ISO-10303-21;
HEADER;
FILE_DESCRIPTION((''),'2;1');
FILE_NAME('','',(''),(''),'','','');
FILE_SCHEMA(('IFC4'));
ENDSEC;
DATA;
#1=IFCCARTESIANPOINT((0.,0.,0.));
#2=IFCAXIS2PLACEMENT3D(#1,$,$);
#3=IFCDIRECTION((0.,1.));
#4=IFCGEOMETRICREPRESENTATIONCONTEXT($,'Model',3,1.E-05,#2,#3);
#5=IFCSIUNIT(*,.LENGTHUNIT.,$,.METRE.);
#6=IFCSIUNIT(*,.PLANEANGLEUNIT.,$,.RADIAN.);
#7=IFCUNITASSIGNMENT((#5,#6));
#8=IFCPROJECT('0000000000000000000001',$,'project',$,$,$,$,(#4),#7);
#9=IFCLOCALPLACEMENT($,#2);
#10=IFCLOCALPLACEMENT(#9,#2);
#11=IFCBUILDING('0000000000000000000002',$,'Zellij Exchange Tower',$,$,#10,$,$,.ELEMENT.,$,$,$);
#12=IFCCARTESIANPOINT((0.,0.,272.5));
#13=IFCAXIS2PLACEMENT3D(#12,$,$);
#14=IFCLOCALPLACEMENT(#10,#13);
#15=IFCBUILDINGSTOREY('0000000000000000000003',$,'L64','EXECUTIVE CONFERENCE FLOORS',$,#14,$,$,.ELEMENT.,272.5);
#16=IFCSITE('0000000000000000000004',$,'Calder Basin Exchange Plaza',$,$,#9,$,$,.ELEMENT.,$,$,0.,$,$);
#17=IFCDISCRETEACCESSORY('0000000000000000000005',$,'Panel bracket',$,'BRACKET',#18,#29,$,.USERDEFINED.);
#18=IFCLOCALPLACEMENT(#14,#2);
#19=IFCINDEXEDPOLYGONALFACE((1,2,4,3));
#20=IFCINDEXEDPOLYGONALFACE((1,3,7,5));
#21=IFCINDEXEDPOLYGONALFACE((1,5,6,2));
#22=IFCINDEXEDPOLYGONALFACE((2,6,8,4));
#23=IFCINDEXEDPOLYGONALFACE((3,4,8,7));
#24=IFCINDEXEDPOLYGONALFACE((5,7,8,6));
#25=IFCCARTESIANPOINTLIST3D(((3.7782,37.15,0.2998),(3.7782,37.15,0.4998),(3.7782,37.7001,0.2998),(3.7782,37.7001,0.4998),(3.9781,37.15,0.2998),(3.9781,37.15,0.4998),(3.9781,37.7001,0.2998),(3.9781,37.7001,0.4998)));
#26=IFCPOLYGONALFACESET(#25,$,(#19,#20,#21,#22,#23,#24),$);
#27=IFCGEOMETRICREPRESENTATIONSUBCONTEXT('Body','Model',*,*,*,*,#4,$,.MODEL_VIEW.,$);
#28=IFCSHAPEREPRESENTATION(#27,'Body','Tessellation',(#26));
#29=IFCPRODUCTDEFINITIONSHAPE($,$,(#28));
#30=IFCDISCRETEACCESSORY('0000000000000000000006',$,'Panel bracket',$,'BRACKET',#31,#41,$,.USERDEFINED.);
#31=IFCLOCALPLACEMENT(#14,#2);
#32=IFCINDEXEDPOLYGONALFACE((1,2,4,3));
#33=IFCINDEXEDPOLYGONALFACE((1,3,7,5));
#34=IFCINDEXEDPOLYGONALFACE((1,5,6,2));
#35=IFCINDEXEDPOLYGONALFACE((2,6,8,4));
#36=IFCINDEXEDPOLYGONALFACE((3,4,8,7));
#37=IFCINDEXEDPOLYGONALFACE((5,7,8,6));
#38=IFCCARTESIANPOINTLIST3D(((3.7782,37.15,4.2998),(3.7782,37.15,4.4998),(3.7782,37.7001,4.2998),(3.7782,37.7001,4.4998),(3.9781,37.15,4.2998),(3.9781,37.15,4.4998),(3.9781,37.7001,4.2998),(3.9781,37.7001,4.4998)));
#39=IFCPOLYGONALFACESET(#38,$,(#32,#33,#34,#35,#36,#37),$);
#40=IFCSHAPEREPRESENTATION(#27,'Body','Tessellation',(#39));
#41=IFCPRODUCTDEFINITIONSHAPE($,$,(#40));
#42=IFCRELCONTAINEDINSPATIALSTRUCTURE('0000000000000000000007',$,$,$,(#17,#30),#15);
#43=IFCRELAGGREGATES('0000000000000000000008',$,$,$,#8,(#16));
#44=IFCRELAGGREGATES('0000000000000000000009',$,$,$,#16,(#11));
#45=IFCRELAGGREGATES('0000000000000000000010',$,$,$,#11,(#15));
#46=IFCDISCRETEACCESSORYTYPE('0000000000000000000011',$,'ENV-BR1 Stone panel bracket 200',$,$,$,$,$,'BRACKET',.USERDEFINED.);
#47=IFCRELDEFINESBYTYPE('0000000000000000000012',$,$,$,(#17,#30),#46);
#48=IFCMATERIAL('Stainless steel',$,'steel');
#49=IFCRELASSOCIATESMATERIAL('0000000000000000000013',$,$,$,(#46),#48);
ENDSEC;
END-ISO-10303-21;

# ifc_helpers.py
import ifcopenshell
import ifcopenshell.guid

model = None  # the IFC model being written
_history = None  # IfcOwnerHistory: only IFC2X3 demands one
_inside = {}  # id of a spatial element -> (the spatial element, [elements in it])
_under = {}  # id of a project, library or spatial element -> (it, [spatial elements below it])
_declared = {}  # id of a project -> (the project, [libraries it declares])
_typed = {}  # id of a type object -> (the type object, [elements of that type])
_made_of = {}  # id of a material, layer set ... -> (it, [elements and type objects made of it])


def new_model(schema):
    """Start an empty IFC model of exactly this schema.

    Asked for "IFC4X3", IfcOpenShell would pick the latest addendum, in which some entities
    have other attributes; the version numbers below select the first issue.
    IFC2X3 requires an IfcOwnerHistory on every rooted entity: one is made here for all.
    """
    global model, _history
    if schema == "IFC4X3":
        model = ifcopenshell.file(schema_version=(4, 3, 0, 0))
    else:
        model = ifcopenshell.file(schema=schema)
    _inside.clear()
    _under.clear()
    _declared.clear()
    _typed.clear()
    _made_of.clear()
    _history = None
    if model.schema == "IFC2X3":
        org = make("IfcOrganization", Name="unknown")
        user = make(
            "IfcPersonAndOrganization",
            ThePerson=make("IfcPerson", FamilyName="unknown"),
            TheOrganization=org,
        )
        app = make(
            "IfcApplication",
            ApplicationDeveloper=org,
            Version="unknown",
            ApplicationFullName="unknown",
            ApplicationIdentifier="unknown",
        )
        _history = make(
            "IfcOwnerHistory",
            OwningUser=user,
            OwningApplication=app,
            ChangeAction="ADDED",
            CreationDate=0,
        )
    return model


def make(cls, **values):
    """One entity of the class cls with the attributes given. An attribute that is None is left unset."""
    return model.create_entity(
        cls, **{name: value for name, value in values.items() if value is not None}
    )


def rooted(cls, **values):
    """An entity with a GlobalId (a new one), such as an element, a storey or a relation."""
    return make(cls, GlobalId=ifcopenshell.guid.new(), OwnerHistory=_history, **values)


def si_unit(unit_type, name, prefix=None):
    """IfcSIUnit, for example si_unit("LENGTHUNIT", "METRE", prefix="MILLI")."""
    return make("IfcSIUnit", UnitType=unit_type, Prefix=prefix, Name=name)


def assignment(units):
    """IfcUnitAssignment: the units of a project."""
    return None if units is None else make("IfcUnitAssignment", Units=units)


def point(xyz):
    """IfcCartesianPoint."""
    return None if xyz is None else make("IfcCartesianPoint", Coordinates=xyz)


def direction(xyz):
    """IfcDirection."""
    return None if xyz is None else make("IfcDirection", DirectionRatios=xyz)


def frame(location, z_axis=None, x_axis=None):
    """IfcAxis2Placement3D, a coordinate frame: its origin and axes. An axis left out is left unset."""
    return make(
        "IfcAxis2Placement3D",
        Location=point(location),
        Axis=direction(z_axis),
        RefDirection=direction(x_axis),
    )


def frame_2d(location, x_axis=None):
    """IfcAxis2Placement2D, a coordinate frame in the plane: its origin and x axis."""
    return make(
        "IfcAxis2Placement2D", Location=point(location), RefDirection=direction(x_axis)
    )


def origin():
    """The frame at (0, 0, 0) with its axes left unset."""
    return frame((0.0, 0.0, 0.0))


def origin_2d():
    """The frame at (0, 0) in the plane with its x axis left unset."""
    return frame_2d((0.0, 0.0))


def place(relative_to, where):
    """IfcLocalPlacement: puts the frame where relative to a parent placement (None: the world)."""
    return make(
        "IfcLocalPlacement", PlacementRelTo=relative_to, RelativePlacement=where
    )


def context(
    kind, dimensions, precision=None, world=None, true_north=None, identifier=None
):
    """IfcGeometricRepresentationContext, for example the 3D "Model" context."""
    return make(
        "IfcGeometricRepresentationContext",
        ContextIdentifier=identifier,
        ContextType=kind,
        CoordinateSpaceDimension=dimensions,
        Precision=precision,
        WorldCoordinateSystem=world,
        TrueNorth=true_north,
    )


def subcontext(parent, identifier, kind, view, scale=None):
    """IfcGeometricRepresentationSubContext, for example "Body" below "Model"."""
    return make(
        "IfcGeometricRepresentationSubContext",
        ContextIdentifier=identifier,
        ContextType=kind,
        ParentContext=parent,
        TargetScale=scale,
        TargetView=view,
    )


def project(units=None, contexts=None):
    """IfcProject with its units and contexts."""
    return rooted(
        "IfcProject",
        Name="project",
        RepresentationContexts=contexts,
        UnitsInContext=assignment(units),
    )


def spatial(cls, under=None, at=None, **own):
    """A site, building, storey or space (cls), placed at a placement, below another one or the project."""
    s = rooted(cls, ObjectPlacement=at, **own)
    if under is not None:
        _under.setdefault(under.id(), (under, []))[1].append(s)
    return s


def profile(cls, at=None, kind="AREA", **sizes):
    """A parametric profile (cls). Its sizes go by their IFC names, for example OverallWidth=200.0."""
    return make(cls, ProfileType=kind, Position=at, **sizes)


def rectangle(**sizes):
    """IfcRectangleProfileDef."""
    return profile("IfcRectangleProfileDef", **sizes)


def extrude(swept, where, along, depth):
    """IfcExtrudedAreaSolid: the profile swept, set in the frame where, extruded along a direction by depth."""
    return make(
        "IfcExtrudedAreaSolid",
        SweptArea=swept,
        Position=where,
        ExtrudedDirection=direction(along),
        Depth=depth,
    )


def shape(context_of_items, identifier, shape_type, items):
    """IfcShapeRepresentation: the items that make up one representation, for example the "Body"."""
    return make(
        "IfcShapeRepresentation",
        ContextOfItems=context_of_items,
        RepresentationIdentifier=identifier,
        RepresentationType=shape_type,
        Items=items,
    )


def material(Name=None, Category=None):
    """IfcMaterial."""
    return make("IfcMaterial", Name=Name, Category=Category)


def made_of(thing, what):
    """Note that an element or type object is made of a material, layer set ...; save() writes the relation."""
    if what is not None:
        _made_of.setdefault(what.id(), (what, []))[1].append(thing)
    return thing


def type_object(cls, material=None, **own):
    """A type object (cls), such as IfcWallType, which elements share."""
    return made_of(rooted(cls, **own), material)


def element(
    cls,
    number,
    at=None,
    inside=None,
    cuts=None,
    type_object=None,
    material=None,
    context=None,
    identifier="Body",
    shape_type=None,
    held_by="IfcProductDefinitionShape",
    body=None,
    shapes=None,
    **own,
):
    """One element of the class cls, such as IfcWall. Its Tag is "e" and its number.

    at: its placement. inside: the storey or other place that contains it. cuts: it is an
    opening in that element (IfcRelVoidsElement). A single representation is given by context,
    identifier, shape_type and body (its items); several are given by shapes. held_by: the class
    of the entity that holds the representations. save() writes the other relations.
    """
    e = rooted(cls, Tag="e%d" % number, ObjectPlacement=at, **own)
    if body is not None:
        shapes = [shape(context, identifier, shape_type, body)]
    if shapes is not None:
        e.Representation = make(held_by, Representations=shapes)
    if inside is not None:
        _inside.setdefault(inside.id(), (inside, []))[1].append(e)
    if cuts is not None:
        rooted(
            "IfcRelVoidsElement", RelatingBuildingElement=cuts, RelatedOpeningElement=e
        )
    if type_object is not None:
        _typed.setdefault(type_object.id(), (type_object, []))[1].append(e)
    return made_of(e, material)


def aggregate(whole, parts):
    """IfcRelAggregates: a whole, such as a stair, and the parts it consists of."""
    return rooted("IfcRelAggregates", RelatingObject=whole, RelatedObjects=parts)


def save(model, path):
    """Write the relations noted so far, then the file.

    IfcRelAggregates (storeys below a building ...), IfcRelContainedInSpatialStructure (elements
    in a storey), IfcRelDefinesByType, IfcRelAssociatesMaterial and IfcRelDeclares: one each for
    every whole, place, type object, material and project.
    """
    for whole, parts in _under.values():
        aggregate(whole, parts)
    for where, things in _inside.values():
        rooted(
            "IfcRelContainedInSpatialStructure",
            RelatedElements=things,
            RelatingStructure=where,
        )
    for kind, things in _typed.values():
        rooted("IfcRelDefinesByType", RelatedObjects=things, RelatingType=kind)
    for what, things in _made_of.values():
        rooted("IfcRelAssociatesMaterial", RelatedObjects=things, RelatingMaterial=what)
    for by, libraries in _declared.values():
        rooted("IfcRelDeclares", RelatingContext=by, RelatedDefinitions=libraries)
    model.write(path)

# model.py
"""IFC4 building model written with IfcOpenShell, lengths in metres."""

from ifc_helpers import new_model, si_unit, direction, frame, origin, origin_2d, place, context, subcontext, project, spatial, rectangle, extrude, material, type_object, element, save


model = new_model("IFC4")

# Units and contexts
model_context = context("Model", 3, precision=1e-05, world=origin(), true_north=direction((0.0, 1.0)))
body_context = subcontext(model_context, "Body", "Model", "MODEL_VIEW")
ifc_project = project(units=[si_unit("LENGTHUNIT", "METRE"), si_unit("PLANEANGLEUNIT", "RADIAN")], contexts=[model_context])

# Site, building, storey
site_placement = place(None, origin())
site = spatial("IfcSite", under=ifc_project, at=site_placement, Name="Calder Basin Exchange Plaza", CompositionType="ELEMENT", RefElevation=0.0)
building_placement = place(site_placement, origin())
building = spatial("IfcBuilding", under=site, at=building_placement, Name="Zellij Exchange Tower", CompositionType="ELEMENT")
storey_placement = place(building_placement, frame((0.0, 0.0, 272.5)))
storey = spatial("IfcBuildingStorey", under=building, at=storey_placement, Name="L64", Description="EXECUTIVE CONFERENCE FLOORS", CompositionType="ELEMENT", Elevation=272.5)

# Discrete accessories
ifc_material_1 = material(Name="Stainless steel", Category="steel")
discrete_accessory_type = type_object("IfcDiscreteAccessoryType", Name="ENV-BR1 Stone panel bracket 200", ElementType="BRACKET", PredefinedType="USERDEFINED", material=ifc_material_1)
for number, where, z_axis, x_axis, name in (
    (1, (3.8782, 37.425, 0.2998), (0.0, 0.0, 1.0), (-1.0, 0.0, 0.0), "Panel bracket"),
    (2, (3.8782, 37.425, 4.2998), (0.0, 0.0, 1.0), (-1.0, 0.0, 0.0), "Panel bracket"),
):
    element("IfcDiscreteAccessory", number, at=place(storey_placement, frame(where, z_axis=z_axis, x_axis=x_axis)), inside=storey, type_object=discrete_accessory_type, Name=name, ObjectType="BRACKET", PredefinedType="USERDEFINED", context=body_context, shape_type="SweptSolid", body=[
        extrude(rectangle(XDim=0.2, YDim=0.55, at=origin_2d()), origin(), (0.0, 0.0, 1.0), 0.2),
    ])

save(model, "model.ifc")
